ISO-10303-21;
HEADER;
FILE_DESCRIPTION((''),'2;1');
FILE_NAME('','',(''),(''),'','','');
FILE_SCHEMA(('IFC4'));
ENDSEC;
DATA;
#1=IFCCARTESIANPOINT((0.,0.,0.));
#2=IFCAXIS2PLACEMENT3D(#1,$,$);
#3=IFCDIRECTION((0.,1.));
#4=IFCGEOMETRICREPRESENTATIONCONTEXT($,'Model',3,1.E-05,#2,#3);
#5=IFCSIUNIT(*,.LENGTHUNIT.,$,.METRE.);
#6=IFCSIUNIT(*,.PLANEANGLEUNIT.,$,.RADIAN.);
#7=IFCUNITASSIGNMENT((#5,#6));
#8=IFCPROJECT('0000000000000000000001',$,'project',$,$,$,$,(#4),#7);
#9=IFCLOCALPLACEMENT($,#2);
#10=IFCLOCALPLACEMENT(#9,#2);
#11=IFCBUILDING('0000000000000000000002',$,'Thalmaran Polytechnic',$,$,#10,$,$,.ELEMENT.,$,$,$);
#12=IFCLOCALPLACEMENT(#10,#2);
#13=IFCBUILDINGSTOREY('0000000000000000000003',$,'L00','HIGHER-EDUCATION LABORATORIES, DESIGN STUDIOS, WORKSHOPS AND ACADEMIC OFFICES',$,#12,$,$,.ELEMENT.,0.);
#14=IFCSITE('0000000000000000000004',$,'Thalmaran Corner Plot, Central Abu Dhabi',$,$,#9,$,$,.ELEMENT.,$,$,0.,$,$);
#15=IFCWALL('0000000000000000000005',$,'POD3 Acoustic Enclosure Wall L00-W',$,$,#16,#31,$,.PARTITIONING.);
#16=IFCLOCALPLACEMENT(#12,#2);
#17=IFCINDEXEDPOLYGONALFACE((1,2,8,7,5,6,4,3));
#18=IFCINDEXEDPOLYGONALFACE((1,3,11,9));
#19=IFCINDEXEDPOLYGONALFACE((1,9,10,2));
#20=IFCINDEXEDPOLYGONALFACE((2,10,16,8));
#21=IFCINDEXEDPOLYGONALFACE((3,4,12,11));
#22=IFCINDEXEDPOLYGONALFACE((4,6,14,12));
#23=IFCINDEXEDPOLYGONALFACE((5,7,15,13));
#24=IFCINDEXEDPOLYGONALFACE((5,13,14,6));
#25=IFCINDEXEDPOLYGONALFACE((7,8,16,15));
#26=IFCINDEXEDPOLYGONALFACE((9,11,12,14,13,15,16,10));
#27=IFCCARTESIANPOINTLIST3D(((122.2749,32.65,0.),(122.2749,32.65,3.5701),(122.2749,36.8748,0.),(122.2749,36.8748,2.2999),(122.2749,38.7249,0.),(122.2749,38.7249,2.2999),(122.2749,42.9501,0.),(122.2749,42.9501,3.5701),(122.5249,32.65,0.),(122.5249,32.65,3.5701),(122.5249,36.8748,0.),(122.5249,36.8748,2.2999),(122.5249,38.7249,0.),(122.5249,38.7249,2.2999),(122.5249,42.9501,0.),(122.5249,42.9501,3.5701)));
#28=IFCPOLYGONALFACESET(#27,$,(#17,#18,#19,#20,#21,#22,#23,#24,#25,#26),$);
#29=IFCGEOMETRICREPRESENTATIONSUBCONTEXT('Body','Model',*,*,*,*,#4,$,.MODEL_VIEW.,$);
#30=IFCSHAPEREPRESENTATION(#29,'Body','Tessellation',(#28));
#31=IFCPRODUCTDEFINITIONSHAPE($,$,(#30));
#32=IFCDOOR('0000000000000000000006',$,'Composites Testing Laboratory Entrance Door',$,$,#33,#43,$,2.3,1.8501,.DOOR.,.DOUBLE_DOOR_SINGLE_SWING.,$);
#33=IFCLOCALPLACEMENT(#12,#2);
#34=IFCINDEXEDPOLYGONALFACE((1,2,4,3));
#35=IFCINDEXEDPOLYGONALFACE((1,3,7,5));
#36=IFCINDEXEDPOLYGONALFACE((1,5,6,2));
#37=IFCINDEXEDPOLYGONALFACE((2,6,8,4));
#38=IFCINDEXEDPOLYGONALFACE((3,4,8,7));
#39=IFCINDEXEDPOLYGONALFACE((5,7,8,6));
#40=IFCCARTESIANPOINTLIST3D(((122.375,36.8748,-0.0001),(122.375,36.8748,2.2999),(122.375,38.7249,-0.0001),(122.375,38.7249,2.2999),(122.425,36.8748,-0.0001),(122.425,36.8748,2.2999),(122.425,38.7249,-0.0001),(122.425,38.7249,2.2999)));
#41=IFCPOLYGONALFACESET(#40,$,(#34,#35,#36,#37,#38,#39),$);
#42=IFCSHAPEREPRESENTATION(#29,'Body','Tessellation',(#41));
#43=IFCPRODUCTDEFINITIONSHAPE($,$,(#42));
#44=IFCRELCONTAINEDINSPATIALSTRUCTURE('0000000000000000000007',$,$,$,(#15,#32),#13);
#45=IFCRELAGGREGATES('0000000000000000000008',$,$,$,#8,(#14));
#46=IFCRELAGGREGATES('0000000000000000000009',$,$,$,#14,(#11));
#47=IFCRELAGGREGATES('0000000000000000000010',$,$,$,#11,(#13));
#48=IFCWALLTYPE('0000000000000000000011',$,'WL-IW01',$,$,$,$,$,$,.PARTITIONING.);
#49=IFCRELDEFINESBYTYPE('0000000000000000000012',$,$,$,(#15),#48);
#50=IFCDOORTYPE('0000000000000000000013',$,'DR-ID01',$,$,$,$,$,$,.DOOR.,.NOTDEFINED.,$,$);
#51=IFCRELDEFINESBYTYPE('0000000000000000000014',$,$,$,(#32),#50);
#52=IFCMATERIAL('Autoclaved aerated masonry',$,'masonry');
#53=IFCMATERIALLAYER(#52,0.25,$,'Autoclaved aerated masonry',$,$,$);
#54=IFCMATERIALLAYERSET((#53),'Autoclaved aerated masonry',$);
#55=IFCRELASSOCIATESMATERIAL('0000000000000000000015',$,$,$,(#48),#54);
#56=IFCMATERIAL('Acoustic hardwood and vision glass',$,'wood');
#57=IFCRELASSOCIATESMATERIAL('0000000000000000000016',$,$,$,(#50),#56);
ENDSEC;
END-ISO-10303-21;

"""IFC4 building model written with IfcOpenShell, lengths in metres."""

from ifc_helpers import new_model, si_unit, direction, frame, frame_2d, origin, place, context, subcontext, project, spatial, rectangle, extrude, material, layer, layer_set, type_object, element, fill, save


model = new_model("IFC4")

# Units and contexts
model_context = context("Model", 3, precision=1e-05, world=origin(), true_north=direction((0.0, 1.0)))
body_context = subcontext(model_context, "Body", "Model", "MODEL_VIEW")
ifc_project = project(units=[si_unit("LENGTHUNIT", "METRE"), si_unit("PLANEANGLEUNIT", "RADIAN")], contexts=[model_context])

# Site, building, storey
site_placement = place(None, origin())
site = spatial("IfcSite", under=ifc_project, at=site_placement, Name="Thalmaran Corner Plot, Central Abu Dhabi", CompositionType="ELEMENT", RefElevation=0.0)
building_placement = place(site_placement, origin())
building = spatial("IfcBuilding", under=site, at=building_placement, Name="Thalmaran Polytechnic", CompositionType="ELEMENT")
storey_placement = place(building_placement, origin())
storey = spatial("IfcBuildingStorey", under=building, at=storey_placement, Name="L00", Description="HIGHER-EDUCATION LABORATORIES, DESIGN STUDIOS, WORKSHOPS AND ACADEMIC OFFICES", CompositionType="ELEMENT", Elevation=0.0)

# Shared definitions
ifc_material_1 = material(Name="Autoclaved aerated masonry", Category="masonry")
ifc_layer_1 = layer(ifc_material_1, 0.25, Name="Autoclaved aerated masonry")
ifc_layer_set_1 = layer_set([ifc_layer_1], Name="Autoclaved aerated masonry")
wall_type = type_object("IfcWallType", Name="WL-IW01", PredefinedType="PARTITIONING", material=ifc_layer_set_1)
ifc_material_2 = material(Name="Acoustic hardwood and vision glass", Category="wood")
door_type = type_object("IfcDoorType", Name="DR-ID01", OperationType="NOTDEFINED", PredefinedType="DOOR", material=ifc_material_2)

# Wall, opening, door
wall_1_placement = place(storey_placement, frame((122.3999, 42.95, 0.0), z_axis=(0.0, 0.0, 1.0), x_axis=(0.0, -1.0, 0.0)))
wall_1 = element("IfcWall", 1, at=wall_1_placement, inside=storey, type_object=wall_type, Name="POD3 Acoustic Enclosure Wall L00-W", PredefinedType="PARTITIONING", context=body_context, shape_type="SweptSolid", body=[
    extrude(rectangle(XDim=10.3, YDim=0.25, at=frame_2d((5.1499, 0.0))), origin(), (0.0, 0.0, 1.0), 3.5701),
])
opening_1_placement = place(wall_1_placement, frame((4.2251, 0.0, 0.0)))
opening_1 = element("IfcOpeningElement", 2, at=opening_1_placement, cuts=wall_1, PredefinedType="OPENING", context=body_context, shape_type="SweptSolid", body=[
    extrude(rectangle(XDim=1.8501, YDim=2.3, at=frame_2d((0.925, 1.1499))), frame((0.0, 0.135, 0.0), z_axis=(0.0, -1.0, 0.0), x_axis=(1.0, 0.0, 0.0)), (0.0, 0.0, 1.0), 0.27),
])
door_1_placement = place(opening_1_placement, frame((1.8501, 0.0, 0.0), z_axis=(0.0, 0.0, 1.0), x_axis=(-1.0, 0.0, 0.0)))
door_1 = element("IfcDoor", 3, at=door_1_placement, inside=storey, type_object=door_type, Name="Composites Testing Laboratory Entrance Door", OperationType="DOUBLE_DOOR_SINGLE_SWING", OverallHeight=2.3, OverallWidth=1.8501, PredefinedType="DOOR", context=body_context, shape_type="SweptSolid", body=[
    extrude(rectangle(XDim=1.8501, YDim=2.3, at=frame_2d((0.925, 1.1499))), frame((0.0, 0.0249, 0.0), z_axis=(0.0, -1.0, 0.0), x_axis=(1.0, 0.0, 0.0)), (0.0, 0.0, 1.0), 0.05),
])
fill(opening_1, door_1)

save(model, "model.ifc")
